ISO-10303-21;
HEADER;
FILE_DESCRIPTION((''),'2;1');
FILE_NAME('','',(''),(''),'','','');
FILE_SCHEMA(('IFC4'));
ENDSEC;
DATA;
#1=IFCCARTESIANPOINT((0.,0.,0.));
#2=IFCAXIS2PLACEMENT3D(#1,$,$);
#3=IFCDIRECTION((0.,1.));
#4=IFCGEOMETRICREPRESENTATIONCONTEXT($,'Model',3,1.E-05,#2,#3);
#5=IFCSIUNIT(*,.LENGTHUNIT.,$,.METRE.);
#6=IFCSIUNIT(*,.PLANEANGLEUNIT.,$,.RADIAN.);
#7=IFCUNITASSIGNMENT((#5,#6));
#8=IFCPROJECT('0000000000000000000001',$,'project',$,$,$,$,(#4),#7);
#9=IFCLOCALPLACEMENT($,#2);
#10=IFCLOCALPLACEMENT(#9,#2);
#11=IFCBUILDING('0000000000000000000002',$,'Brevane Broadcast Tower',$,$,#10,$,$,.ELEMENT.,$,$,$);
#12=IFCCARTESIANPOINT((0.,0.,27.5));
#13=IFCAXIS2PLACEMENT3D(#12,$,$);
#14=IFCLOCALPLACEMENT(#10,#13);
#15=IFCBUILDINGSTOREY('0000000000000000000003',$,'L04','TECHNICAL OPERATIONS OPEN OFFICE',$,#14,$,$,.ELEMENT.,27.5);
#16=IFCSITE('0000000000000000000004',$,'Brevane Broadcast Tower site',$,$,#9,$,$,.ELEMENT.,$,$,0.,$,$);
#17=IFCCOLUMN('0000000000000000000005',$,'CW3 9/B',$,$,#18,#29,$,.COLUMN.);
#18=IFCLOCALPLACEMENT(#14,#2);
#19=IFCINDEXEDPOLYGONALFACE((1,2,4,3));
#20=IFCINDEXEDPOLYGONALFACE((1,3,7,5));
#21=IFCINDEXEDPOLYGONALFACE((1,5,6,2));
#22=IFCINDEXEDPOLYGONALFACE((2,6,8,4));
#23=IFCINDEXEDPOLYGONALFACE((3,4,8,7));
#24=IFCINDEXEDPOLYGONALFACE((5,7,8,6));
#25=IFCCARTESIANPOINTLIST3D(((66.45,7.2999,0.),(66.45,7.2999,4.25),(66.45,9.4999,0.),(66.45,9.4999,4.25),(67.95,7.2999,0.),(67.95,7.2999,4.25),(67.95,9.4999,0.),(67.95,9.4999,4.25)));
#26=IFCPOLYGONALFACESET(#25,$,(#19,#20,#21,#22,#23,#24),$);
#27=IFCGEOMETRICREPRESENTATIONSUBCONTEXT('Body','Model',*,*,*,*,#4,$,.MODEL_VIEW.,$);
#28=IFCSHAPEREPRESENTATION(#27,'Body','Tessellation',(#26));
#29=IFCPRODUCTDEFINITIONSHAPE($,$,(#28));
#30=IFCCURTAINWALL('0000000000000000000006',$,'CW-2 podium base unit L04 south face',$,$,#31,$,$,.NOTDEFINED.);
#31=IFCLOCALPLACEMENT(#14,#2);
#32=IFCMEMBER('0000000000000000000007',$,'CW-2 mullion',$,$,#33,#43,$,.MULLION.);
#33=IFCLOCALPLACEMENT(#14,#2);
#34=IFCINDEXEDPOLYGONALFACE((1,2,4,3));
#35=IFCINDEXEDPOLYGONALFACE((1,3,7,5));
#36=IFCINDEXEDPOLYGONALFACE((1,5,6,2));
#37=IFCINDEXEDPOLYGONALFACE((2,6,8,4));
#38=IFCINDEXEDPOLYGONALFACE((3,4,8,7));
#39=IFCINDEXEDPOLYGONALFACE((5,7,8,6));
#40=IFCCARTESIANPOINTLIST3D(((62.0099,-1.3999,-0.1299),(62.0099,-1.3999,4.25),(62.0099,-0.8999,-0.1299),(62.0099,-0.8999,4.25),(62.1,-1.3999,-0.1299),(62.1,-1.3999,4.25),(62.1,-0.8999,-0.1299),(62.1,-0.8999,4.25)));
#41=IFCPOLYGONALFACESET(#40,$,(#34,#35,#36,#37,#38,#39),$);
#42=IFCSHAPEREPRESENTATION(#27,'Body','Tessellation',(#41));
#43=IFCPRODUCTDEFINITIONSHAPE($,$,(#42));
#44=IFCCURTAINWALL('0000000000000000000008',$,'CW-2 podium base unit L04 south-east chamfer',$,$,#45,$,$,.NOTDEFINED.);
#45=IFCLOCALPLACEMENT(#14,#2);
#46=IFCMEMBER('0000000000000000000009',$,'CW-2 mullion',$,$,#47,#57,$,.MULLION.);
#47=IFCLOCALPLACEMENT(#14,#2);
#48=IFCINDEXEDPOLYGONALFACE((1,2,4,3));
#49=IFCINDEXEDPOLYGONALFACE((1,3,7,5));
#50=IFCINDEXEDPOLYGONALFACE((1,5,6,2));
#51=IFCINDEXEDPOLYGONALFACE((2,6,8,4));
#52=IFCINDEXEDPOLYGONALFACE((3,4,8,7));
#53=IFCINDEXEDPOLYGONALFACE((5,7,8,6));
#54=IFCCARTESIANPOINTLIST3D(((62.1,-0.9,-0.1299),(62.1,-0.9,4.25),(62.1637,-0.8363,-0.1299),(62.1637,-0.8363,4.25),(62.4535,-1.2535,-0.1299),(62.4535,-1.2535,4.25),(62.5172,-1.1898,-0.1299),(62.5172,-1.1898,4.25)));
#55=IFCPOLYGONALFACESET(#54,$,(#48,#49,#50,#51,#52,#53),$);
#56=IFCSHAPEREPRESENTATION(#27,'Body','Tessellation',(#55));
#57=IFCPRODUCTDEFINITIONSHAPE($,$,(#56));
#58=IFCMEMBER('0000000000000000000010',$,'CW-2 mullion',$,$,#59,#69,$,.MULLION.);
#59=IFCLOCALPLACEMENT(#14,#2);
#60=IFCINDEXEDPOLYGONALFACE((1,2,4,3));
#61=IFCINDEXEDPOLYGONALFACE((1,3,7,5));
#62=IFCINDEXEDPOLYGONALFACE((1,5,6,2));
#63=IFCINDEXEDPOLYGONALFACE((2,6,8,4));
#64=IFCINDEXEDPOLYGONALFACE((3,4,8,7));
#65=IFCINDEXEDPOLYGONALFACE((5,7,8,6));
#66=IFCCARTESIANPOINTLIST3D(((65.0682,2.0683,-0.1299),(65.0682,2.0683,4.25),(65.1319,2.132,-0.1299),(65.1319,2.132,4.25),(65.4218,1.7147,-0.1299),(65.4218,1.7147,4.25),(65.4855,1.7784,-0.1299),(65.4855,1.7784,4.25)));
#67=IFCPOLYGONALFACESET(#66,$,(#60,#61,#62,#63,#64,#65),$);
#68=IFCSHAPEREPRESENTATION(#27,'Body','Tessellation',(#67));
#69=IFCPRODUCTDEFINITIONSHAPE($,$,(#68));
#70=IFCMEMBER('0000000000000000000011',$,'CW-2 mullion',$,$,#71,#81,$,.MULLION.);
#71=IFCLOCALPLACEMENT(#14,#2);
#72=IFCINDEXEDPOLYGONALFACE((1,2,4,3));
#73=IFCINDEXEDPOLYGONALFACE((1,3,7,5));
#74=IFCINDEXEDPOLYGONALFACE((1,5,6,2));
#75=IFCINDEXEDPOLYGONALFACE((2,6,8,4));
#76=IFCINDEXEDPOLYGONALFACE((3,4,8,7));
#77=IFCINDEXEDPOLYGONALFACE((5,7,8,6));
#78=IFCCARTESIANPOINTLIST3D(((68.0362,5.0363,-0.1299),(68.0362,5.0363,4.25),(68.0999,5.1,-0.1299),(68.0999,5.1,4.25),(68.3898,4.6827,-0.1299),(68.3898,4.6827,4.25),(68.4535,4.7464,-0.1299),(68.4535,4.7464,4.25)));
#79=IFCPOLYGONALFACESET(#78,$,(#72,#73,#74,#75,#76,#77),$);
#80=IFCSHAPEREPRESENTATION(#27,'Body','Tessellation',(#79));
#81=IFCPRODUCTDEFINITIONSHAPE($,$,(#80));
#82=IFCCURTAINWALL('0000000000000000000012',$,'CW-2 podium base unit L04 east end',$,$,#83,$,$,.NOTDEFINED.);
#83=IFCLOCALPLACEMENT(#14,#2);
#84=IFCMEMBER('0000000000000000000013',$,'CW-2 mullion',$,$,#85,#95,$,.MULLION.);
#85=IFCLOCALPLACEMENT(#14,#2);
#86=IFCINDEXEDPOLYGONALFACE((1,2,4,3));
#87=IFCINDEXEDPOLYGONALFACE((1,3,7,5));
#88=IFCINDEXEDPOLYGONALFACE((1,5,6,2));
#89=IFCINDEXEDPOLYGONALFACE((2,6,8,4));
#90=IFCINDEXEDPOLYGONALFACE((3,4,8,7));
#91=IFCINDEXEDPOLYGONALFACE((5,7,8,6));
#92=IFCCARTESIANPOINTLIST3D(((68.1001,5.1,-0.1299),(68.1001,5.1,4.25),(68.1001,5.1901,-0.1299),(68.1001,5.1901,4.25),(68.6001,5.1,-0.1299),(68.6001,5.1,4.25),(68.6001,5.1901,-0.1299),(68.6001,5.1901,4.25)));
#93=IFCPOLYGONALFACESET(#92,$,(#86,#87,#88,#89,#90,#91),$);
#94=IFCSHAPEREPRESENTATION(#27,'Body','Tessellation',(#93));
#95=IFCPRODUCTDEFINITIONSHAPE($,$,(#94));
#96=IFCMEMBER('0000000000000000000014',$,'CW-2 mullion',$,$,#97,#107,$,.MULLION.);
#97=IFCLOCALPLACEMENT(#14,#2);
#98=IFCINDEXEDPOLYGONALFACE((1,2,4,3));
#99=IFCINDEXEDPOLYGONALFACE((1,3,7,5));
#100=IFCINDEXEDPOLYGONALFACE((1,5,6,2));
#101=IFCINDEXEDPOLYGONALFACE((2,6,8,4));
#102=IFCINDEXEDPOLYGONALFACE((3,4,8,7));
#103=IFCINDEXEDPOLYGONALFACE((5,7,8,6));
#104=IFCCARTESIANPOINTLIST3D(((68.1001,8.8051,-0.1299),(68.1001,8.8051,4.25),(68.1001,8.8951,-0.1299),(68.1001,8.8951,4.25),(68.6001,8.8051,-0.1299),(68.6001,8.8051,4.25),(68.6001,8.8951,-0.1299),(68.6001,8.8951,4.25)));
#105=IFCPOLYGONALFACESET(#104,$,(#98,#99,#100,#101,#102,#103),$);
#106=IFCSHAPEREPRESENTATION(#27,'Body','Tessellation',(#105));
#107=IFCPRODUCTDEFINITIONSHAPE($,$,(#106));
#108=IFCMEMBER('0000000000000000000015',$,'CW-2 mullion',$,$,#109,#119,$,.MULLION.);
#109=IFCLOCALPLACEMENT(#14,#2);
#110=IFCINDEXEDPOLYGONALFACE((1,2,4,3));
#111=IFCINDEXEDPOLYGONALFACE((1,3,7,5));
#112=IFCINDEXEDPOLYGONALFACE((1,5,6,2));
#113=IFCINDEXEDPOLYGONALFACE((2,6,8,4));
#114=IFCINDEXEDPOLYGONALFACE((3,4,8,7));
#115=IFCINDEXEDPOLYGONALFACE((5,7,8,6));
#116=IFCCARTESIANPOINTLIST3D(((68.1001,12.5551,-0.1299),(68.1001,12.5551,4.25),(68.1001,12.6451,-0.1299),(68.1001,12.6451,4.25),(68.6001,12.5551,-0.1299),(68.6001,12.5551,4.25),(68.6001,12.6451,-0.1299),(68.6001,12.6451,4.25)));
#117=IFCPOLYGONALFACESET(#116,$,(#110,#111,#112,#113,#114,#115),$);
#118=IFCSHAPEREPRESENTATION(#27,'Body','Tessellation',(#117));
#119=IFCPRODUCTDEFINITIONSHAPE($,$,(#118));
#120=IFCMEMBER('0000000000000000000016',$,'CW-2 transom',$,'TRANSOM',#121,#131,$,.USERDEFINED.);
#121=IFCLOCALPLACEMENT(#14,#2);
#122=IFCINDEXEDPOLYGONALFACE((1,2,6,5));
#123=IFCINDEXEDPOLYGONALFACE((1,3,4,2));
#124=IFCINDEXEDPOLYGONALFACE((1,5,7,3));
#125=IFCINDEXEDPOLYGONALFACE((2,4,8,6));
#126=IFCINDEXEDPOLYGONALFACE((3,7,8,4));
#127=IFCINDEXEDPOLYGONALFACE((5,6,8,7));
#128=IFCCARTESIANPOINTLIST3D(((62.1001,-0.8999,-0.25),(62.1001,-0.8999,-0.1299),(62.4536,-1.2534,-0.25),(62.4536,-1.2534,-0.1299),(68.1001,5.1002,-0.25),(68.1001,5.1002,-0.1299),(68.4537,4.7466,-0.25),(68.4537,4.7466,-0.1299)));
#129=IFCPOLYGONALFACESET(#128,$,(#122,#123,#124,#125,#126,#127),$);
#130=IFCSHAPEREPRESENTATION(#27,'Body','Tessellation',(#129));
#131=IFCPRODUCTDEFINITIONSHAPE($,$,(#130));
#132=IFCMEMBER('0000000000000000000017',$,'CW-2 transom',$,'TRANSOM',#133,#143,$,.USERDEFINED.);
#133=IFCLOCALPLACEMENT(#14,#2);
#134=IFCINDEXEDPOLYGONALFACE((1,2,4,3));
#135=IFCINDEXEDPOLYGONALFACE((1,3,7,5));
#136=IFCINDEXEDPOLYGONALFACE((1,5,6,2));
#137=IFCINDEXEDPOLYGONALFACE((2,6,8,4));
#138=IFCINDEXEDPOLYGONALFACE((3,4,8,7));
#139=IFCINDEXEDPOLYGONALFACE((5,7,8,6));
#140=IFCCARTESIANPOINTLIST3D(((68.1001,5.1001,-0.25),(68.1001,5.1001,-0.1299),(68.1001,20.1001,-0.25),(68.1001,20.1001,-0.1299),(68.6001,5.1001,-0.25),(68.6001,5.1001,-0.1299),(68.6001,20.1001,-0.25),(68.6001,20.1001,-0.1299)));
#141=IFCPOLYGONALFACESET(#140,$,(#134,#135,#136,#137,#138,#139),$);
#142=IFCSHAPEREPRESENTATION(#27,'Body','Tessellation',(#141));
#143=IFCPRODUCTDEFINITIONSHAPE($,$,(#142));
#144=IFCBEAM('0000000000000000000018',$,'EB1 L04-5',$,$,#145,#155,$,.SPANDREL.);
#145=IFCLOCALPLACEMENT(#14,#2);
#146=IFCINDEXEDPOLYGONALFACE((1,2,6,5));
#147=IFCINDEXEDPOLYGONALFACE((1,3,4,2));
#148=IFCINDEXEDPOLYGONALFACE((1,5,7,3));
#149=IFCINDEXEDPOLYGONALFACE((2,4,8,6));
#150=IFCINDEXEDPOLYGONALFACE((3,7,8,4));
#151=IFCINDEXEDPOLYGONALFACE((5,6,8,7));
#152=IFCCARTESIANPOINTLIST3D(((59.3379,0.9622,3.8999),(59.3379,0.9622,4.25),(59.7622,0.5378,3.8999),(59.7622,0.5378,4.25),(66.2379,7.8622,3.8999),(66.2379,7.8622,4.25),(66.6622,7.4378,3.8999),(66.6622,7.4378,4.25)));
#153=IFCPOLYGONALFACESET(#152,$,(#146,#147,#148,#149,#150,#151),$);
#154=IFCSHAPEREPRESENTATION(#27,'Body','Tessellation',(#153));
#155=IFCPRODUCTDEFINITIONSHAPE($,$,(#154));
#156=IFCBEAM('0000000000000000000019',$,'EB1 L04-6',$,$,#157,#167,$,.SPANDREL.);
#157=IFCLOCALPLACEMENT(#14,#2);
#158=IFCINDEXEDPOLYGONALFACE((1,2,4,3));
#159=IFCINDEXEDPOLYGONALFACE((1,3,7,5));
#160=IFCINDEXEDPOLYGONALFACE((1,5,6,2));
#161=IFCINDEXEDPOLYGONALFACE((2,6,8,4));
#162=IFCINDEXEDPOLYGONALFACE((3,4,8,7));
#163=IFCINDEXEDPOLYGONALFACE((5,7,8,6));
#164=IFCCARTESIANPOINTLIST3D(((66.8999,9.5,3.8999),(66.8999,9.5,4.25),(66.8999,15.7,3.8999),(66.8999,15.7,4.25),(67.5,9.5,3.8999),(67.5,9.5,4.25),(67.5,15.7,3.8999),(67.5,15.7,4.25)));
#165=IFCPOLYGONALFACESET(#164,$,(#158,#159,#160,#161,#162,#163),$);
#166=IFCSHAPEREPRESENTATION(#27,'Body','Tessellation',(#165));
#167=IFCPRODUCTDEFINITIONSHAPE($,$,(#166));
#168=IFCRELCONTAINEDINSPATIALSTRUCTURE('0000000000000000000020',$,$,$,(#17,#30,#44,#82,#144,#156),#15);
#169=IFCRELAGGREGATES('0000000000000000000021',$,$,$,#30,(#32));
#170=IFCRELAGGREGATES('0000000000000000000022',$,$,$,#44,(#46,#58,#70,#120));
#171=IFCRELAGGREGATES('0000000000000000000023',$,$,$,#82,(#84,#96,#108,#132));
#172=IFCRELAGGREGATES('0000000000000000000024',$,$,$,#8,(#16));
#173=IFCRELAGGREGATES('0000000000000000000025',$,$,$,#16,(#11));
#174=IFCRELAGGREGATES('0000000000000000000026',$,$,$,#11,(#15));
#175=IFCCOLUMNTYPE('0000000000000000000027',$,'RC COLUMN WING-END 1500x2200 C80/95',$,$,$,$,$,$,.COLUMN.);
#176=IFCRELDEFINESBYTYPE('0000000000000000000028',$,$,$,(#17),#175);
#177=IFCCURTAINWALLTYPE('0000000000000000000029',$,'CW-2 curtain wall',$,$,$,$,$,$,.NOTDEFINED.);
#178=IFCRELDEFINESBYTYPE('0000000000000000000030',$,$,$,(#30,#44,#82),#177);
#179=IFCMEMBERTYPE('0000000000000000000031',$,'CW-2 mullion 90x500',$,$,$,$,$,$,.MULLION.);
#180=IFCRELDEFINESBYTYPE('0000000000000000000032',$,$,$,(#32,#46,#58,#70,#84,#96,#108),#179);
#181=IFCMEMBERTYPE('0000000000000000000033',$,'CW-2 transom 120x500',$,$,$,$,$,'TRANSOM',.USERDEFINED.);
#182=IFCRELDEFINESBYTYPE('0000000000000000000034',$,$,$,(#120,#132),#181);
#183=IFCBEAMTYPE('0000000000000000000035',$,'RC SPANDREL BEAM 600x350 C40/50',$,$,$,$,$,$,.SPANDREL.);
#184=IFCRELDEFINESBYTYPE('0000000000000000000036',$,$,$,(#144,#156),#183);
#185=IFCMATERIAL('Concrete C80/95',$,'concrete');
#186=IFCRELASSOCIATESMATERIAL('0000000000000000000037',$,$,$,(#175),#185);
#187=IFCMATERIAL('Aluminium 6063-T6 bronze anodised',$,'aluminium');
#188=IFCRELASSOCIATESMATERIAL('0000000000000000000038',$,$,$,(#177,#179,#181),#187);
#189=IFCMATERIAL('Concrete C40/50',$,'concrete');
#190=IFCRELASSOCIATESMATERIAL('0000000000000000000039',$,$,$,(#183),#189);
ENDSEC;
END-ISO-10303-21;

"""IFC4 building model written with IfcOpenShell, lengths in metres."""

from ifc_helpers import new_model, si_unit, direction, frame, origin, origin_2d, place, context, subcontext, project, spatial, rectangle, extrude, material, material_profile, profile_set, type_object, element, aggregate, save


model = new_model("IFC4")

# Units and contexts
model_context = context("Model", 3, precision=1e-05, world=origin(), true_north=direction((0.0, 1.0)))
body_context = subcontext(model_context, "Body", "Model", "MODEL_VIEW")
ifc_project = project(units=[si_unit("LENGTHUNIT", "METRE"), si_unit("PLANEANGLEUNIT", "RADIAN")], contexts=[model_context])

# Site, building, storey
site_placement = place(None, origin())
site = spatial("IfcSite", under=ifc_project, at=site_placement, Name="Brevane Broadcast Tower site", CompositionType="ELEMENT", RefElevation=0.0)
building_placement = place(site_placement, origin())
building = spatial("IfcBuilding", under=site, at=building_placement, Name="Brevane Broadcast Tower", CompositionType="ELEMENT")
storey_placement = place(building_placement, frame((0.0, 0.0, 27.5)))
storey = spatial("IfcBuildingStorey", under=building, at=storey_placement, Name="L04", Description="TECHNICAL OPERATIONS OPEN OFFICE", CompositionType="ELEMENT", Elevation=27.5)

# Column
ifc_material_1 = material(Name="Concrete C80/95", Category="concrete")
ifc_material_profile_1 = material_profile(ifc_material_1, rectangle(XDim=1.5, YDim=2.2, at=origin_2d()), Name="RC 1500x2200")
ifc_profile_set_1 = profile_set([ifc_material_profile_1], Name="Concrete C80/95")
column_type = type_object("IfcColumnType", Name="RC COLUMN WING-END 1500x2200 C80/95", PredefinedType="COLUMN", material=ifc_profile_set_1)
column_placement = place(storey_placement, frame((67.2, 8.3999, 0.0), z_axis=(0.0, 0.0, 1.0), x_axis=(1.0, 0.0, 0.0)))
element("IfcColumn", 1, at=column_placement, inside=storey, type_object=column_type, Name="CW3 9/B", PredefinedType="COLUMN", context=body_context, shape_type="SweptSolid", body=[
    extrude(rectangle(XDim=1.5, YDim=2.2, at=origin_2d()), origin(), (0.0, 0.0, 1.0), 4.25),
])

# Curtain wall, member
ifc_material_2 = material(Name="Aluminium 6063-T6 bronze anodised", Category="aluminium")
curtain_wall_type = type_object("IfcCurtainWallType", Name="CW-2 curtain wall", PredefinedType="NOTDEFINED", material=ifc_material_2)
curtain_wall_1_placement = place(storey_placement, origin())
curtain_wall_1 = element("IfcCurtainWall", 2, at=curtain_wall_1_placement, inside=storey, type_object=curtain_wall_type, Name="CW-2 podium base unit L04 south face", PredefinedType="NOTDEFINED")
ifc_material_profile_2 = material_profile(ifc_material_2, rectangle(XDim=0.5, YDim=0.0901, at=origin_2d()), Name="RECT 90x500")
ifc_profile_set_2 = profile_set([ifc_material_profile_2], Name="Aluminium 6063-T6 bronze anodised")
member_type_1 = type_object("IfcMemberType", Name="CW-2 mullion 90x500", PredefinedType="MULLION", material=ifc_profile_set_2)
member_1_placement = place(storey_placement, frame((62.0549, -1.1499, -0.1299), z_axis=(0.0, 0.0, 1.0), x_axis=(0.0, 1.0, 0.0)))
member_1 = element("IfcMember", 3, at=member_1_placement, type_object=member_type_1, Name="CW-2 mullion", PredefinedType="MULLION", context=body_context, shape_type="SweptSolid", body=[
    extrude(rectangle(XDim=0.5, YDim=0.0901, at=origin_2d()), origin(), (0.0, 0.0, 1.0), 4.3799),
])
aggregate(curtain_wall_1, [member_1])

# Curtain walls, members
curtain_wall_2_placement = place(storey_placement, origin())
curtain_wall_2 = element("IfcCurtainWall", 4, at=curtain_wall_2_placement, inside=storey, type_object=curtain_wall_type, Name="CW-2 podium base unit L04 south-east chamfer", PredefinedType="NOTDEFINED")
member_2_placement = place(storey_placement, frame((62.3086, -1.0449, -0.1299), z_axis=(0.0, 0.0, 1.0), x_axis=(-0.707107, 0.707107, 0.0)))
member_2 = element("IfcMember", 5, at=member_2_placement, type_object=member_type_1, Name="CW-2 mullion", PredefinedType="MULLION", context=body_context, shape_type="SweptSolid", body=[
    extrude(rectangle(XDim=0.5, YDim=0.0901, at=origin_2d()), origin(), (0.0, 0.0, 1.0), 4.3799),
])
member_3_placement = place(storey_placement, frame((65.2769, 1.9233, -0.1299), z_axis=(0.0, 0.0, 1.0), x_axis=(-0.707107, 0.707107, 0.0)))
member_3 = element("IfcMember", 6, at=member_3_placement, type_object=member_type_1, Name="CW-2 mullion", PredefinedType="MULLION", context=body_context, shape_type="SweptSolid", body=[
    extrude(rectangle(XDim=0.5, YDim=0.0901, at=origin_2d()), origin(), (0.0, 0.0, 1.0), 4.3799),
])
member_4_placement = place(storey_placement, frame((68.2449, 4.8914, -0.1299), z_axis=(0.0, 0.0, 1.0), x_axis=(-0.707107, 0.707107, 0.0)))
member_4 = element("IfcMember", 7, at=member_4_placement, type_object=member_type_1, Name="CW-2 mullion", PredefinedType="MULLION", context=body_context, shape_type="SweptSolid", body=[
    extrude(rectangle(XDim=0.5, YDim=0.0901, at=origin_2d()), origin(), (0.0, 0.0, 1.0), 4.3799),
])
curtain_wall_3_placement = place(storey_placement, origin())
curtain_wall_3 = element("IfcCurtainWall", 8, at=curtain_wall_3_placement, inside=storey, type_object=curtain_wall_type, Name="CW-2 podium base unit L04 east end", PredefinedType="NOTDEFINED")
member_5_placement = place(storey_placement, frame((68.3501, 5.145, -0.1299), z_axis=(0.0, 0.0, 1.0), x_axis=(-1.0, 0.0, 0.0)))
member_5 = element("IfcMember", 9, at=member_5_placement, type_object=member_type_1, Name="CW-2 mullion", PredefinedType="MULLION", context=body_context, shape_type="SweptSolid", body=[
    extrude(rectangle(XDim=0.5, YDim=0.0901, at=origin_2d()), origin(), (0.0, 0.0, 1.0), 4.3799),
])
member_6_placement = place(storey_placement, frame((68.3501, 8.8501, -0.1299), z_axis=(0.0, 0.0, 1.0), x_axis=(-1.0, 0.0, 0.0)))
member_6 = element("IfcMember", 10, at=member_6_placement, type_object=member_type_1, Name="CW-2 mullion", PredefinedType="MULLION", context=body_context, shape_type="SweptSolid", body=[
    extrude(rectangle(XDim=0.5, YDim=0.0901, at=origin_2d()), origin(), (0.0, 0.0, 1.0), 4.3799),
])
member_7_placement = place(storey_placement, frame((68.3501, 12.6001, -0.1299), z_axis=(0.0, 0.0, 1.0), x_axis=(-1.0, 0.0, 0.0)))
member_7 = element("IfcMember", 11, at=member_7_placement, type_object=member_type_1, Name="CW-2 mullion", PredefinedType="MULLION", context=body_context, shape_type="SweptSolid", body=[
    extrude(rectangle(XDim=0.5, YDim=0.0901, at=origin_2d()), origin(), (0.0, 0.0, 1.0), 4.3799),
])

# Members
ifc_material_profile_3 = material_profile(ifc_material_2, rectangle(XDim=0.5, YDim=0.1201, at=origin_2d()), Name="RECT 120x500")
ifc_profile_set_3 = profile_set([ifc_material_profile_3], Name="Aluminium 6063-T6 bronze anodised")
member_type_2 = type_object("IfcMemberType", Name="CW-2 transom 120x500", ElementType="TRANSOM", PredefinedType="USERDEFINED", material=ifc_profile_set_3)
member_8_placement = place(storey_placement, frame((62.2769, -1.0767, -0.1899), z_axis=(0.707107, 0.707107, 0.0), x_axis=(-0.707107, 0.707107, 0.0)))
member_8 = element("IfcMember", 12, at=member_8_placement, type_object=member_type_2, Name="CW-2 transom", ObjectType="TRANSOM", PredefinedType="USERDEFINED", context=body_context, shape_type="SweptSolid", body=[
    extrude(rectangle(XDim=0.5, YDim=0.1201, at=origin_2d()), origin(), (0.0, 0.0, 1.0), 8.4854),
])
aggregate(curtain_wall_2, [member_2, member_3, member_4, member_8])
member_9_placement = place(storey_placement, frame((68.3501, 5.1001, -0.1899), z_axis=(0.0, 1.0, 0.0), x_axis=(-1.0, 0.0, 0.0)))
member_9 = element("IfcMember", 13, at=member_9_placement, type_object=member_type_2, Name="CW-2 transom", ObjectType="TRANSOM", PredefinedType="USERDEFINED", context=body_context, shape_type="SweptSolid", body=[
    extrude(rectangle(XDim=0.5, YDim=0.1201, at=origin_2d()), origin(), (0.0, 0.0, 1.0), 15.0),
])
aggregate(curtain_wall_3, [member_5, member_6, member_7, member_9])

# Beams
ifc_material_3 = material(Name="Concrete C40/50", Category="concrete")
ifc_material_profile_4 = material_profile(ifc_material_3, rectangle(XDim=0.6001, YDim=0.3501, at=origin_2d()), Name="RC 600x350")
ifc_profile_set_4 = profile_set([ifc_material_profile_4], Name="Concrete C40/50")
beam_type = type_object("IfcBeamType", Name="RC SPANDREL BEAM 600x350 C40/50", PredefinedType="SPANDREL", material=ifc_profile_set_4)
beam_1_placement = place(storey_placement, frame((59.55, 0.75, 4.075), z_axis=(0.707107, 0.707107, 0.0), x_axis=(-0.707107, 0.707107, 0.0)))
element("IfcBeam", 14, at=beam_1_placement, inside=storey, type_object=beam_type, Name="EB1 L04-5", PredefinedType="SPANDREL", context=body_context, shape_type="SweptSolid", body=[
    extrude(rectangle(XDim=0.6001, YDim=0.3501, at=origin_2d()), origin(), (0.0, 0.0, 1.0), 9.7581),
])
beam_2_placement = place(storey_placement, frame((67.2, 9.5, 4.075), z_axis=(0.0, 1.0, 0.0), x_axis=(-1.0, 0.0, 0.0)))
element("IfcBeam", 15, at=beam_2_placement, inside=storey, type_object=beam_type, Name="EB1 L04-6", PredefinedType="SPANDREL", context=body_context, shape_type="SweptSolid", body=[
    extrude(rectangle(XDim=0.6001, YDim=0.3501, at=origin_2d()), origin(), (0.0, 0.0, 1.0), 6.2),
])

save(model, "model.ifc")
